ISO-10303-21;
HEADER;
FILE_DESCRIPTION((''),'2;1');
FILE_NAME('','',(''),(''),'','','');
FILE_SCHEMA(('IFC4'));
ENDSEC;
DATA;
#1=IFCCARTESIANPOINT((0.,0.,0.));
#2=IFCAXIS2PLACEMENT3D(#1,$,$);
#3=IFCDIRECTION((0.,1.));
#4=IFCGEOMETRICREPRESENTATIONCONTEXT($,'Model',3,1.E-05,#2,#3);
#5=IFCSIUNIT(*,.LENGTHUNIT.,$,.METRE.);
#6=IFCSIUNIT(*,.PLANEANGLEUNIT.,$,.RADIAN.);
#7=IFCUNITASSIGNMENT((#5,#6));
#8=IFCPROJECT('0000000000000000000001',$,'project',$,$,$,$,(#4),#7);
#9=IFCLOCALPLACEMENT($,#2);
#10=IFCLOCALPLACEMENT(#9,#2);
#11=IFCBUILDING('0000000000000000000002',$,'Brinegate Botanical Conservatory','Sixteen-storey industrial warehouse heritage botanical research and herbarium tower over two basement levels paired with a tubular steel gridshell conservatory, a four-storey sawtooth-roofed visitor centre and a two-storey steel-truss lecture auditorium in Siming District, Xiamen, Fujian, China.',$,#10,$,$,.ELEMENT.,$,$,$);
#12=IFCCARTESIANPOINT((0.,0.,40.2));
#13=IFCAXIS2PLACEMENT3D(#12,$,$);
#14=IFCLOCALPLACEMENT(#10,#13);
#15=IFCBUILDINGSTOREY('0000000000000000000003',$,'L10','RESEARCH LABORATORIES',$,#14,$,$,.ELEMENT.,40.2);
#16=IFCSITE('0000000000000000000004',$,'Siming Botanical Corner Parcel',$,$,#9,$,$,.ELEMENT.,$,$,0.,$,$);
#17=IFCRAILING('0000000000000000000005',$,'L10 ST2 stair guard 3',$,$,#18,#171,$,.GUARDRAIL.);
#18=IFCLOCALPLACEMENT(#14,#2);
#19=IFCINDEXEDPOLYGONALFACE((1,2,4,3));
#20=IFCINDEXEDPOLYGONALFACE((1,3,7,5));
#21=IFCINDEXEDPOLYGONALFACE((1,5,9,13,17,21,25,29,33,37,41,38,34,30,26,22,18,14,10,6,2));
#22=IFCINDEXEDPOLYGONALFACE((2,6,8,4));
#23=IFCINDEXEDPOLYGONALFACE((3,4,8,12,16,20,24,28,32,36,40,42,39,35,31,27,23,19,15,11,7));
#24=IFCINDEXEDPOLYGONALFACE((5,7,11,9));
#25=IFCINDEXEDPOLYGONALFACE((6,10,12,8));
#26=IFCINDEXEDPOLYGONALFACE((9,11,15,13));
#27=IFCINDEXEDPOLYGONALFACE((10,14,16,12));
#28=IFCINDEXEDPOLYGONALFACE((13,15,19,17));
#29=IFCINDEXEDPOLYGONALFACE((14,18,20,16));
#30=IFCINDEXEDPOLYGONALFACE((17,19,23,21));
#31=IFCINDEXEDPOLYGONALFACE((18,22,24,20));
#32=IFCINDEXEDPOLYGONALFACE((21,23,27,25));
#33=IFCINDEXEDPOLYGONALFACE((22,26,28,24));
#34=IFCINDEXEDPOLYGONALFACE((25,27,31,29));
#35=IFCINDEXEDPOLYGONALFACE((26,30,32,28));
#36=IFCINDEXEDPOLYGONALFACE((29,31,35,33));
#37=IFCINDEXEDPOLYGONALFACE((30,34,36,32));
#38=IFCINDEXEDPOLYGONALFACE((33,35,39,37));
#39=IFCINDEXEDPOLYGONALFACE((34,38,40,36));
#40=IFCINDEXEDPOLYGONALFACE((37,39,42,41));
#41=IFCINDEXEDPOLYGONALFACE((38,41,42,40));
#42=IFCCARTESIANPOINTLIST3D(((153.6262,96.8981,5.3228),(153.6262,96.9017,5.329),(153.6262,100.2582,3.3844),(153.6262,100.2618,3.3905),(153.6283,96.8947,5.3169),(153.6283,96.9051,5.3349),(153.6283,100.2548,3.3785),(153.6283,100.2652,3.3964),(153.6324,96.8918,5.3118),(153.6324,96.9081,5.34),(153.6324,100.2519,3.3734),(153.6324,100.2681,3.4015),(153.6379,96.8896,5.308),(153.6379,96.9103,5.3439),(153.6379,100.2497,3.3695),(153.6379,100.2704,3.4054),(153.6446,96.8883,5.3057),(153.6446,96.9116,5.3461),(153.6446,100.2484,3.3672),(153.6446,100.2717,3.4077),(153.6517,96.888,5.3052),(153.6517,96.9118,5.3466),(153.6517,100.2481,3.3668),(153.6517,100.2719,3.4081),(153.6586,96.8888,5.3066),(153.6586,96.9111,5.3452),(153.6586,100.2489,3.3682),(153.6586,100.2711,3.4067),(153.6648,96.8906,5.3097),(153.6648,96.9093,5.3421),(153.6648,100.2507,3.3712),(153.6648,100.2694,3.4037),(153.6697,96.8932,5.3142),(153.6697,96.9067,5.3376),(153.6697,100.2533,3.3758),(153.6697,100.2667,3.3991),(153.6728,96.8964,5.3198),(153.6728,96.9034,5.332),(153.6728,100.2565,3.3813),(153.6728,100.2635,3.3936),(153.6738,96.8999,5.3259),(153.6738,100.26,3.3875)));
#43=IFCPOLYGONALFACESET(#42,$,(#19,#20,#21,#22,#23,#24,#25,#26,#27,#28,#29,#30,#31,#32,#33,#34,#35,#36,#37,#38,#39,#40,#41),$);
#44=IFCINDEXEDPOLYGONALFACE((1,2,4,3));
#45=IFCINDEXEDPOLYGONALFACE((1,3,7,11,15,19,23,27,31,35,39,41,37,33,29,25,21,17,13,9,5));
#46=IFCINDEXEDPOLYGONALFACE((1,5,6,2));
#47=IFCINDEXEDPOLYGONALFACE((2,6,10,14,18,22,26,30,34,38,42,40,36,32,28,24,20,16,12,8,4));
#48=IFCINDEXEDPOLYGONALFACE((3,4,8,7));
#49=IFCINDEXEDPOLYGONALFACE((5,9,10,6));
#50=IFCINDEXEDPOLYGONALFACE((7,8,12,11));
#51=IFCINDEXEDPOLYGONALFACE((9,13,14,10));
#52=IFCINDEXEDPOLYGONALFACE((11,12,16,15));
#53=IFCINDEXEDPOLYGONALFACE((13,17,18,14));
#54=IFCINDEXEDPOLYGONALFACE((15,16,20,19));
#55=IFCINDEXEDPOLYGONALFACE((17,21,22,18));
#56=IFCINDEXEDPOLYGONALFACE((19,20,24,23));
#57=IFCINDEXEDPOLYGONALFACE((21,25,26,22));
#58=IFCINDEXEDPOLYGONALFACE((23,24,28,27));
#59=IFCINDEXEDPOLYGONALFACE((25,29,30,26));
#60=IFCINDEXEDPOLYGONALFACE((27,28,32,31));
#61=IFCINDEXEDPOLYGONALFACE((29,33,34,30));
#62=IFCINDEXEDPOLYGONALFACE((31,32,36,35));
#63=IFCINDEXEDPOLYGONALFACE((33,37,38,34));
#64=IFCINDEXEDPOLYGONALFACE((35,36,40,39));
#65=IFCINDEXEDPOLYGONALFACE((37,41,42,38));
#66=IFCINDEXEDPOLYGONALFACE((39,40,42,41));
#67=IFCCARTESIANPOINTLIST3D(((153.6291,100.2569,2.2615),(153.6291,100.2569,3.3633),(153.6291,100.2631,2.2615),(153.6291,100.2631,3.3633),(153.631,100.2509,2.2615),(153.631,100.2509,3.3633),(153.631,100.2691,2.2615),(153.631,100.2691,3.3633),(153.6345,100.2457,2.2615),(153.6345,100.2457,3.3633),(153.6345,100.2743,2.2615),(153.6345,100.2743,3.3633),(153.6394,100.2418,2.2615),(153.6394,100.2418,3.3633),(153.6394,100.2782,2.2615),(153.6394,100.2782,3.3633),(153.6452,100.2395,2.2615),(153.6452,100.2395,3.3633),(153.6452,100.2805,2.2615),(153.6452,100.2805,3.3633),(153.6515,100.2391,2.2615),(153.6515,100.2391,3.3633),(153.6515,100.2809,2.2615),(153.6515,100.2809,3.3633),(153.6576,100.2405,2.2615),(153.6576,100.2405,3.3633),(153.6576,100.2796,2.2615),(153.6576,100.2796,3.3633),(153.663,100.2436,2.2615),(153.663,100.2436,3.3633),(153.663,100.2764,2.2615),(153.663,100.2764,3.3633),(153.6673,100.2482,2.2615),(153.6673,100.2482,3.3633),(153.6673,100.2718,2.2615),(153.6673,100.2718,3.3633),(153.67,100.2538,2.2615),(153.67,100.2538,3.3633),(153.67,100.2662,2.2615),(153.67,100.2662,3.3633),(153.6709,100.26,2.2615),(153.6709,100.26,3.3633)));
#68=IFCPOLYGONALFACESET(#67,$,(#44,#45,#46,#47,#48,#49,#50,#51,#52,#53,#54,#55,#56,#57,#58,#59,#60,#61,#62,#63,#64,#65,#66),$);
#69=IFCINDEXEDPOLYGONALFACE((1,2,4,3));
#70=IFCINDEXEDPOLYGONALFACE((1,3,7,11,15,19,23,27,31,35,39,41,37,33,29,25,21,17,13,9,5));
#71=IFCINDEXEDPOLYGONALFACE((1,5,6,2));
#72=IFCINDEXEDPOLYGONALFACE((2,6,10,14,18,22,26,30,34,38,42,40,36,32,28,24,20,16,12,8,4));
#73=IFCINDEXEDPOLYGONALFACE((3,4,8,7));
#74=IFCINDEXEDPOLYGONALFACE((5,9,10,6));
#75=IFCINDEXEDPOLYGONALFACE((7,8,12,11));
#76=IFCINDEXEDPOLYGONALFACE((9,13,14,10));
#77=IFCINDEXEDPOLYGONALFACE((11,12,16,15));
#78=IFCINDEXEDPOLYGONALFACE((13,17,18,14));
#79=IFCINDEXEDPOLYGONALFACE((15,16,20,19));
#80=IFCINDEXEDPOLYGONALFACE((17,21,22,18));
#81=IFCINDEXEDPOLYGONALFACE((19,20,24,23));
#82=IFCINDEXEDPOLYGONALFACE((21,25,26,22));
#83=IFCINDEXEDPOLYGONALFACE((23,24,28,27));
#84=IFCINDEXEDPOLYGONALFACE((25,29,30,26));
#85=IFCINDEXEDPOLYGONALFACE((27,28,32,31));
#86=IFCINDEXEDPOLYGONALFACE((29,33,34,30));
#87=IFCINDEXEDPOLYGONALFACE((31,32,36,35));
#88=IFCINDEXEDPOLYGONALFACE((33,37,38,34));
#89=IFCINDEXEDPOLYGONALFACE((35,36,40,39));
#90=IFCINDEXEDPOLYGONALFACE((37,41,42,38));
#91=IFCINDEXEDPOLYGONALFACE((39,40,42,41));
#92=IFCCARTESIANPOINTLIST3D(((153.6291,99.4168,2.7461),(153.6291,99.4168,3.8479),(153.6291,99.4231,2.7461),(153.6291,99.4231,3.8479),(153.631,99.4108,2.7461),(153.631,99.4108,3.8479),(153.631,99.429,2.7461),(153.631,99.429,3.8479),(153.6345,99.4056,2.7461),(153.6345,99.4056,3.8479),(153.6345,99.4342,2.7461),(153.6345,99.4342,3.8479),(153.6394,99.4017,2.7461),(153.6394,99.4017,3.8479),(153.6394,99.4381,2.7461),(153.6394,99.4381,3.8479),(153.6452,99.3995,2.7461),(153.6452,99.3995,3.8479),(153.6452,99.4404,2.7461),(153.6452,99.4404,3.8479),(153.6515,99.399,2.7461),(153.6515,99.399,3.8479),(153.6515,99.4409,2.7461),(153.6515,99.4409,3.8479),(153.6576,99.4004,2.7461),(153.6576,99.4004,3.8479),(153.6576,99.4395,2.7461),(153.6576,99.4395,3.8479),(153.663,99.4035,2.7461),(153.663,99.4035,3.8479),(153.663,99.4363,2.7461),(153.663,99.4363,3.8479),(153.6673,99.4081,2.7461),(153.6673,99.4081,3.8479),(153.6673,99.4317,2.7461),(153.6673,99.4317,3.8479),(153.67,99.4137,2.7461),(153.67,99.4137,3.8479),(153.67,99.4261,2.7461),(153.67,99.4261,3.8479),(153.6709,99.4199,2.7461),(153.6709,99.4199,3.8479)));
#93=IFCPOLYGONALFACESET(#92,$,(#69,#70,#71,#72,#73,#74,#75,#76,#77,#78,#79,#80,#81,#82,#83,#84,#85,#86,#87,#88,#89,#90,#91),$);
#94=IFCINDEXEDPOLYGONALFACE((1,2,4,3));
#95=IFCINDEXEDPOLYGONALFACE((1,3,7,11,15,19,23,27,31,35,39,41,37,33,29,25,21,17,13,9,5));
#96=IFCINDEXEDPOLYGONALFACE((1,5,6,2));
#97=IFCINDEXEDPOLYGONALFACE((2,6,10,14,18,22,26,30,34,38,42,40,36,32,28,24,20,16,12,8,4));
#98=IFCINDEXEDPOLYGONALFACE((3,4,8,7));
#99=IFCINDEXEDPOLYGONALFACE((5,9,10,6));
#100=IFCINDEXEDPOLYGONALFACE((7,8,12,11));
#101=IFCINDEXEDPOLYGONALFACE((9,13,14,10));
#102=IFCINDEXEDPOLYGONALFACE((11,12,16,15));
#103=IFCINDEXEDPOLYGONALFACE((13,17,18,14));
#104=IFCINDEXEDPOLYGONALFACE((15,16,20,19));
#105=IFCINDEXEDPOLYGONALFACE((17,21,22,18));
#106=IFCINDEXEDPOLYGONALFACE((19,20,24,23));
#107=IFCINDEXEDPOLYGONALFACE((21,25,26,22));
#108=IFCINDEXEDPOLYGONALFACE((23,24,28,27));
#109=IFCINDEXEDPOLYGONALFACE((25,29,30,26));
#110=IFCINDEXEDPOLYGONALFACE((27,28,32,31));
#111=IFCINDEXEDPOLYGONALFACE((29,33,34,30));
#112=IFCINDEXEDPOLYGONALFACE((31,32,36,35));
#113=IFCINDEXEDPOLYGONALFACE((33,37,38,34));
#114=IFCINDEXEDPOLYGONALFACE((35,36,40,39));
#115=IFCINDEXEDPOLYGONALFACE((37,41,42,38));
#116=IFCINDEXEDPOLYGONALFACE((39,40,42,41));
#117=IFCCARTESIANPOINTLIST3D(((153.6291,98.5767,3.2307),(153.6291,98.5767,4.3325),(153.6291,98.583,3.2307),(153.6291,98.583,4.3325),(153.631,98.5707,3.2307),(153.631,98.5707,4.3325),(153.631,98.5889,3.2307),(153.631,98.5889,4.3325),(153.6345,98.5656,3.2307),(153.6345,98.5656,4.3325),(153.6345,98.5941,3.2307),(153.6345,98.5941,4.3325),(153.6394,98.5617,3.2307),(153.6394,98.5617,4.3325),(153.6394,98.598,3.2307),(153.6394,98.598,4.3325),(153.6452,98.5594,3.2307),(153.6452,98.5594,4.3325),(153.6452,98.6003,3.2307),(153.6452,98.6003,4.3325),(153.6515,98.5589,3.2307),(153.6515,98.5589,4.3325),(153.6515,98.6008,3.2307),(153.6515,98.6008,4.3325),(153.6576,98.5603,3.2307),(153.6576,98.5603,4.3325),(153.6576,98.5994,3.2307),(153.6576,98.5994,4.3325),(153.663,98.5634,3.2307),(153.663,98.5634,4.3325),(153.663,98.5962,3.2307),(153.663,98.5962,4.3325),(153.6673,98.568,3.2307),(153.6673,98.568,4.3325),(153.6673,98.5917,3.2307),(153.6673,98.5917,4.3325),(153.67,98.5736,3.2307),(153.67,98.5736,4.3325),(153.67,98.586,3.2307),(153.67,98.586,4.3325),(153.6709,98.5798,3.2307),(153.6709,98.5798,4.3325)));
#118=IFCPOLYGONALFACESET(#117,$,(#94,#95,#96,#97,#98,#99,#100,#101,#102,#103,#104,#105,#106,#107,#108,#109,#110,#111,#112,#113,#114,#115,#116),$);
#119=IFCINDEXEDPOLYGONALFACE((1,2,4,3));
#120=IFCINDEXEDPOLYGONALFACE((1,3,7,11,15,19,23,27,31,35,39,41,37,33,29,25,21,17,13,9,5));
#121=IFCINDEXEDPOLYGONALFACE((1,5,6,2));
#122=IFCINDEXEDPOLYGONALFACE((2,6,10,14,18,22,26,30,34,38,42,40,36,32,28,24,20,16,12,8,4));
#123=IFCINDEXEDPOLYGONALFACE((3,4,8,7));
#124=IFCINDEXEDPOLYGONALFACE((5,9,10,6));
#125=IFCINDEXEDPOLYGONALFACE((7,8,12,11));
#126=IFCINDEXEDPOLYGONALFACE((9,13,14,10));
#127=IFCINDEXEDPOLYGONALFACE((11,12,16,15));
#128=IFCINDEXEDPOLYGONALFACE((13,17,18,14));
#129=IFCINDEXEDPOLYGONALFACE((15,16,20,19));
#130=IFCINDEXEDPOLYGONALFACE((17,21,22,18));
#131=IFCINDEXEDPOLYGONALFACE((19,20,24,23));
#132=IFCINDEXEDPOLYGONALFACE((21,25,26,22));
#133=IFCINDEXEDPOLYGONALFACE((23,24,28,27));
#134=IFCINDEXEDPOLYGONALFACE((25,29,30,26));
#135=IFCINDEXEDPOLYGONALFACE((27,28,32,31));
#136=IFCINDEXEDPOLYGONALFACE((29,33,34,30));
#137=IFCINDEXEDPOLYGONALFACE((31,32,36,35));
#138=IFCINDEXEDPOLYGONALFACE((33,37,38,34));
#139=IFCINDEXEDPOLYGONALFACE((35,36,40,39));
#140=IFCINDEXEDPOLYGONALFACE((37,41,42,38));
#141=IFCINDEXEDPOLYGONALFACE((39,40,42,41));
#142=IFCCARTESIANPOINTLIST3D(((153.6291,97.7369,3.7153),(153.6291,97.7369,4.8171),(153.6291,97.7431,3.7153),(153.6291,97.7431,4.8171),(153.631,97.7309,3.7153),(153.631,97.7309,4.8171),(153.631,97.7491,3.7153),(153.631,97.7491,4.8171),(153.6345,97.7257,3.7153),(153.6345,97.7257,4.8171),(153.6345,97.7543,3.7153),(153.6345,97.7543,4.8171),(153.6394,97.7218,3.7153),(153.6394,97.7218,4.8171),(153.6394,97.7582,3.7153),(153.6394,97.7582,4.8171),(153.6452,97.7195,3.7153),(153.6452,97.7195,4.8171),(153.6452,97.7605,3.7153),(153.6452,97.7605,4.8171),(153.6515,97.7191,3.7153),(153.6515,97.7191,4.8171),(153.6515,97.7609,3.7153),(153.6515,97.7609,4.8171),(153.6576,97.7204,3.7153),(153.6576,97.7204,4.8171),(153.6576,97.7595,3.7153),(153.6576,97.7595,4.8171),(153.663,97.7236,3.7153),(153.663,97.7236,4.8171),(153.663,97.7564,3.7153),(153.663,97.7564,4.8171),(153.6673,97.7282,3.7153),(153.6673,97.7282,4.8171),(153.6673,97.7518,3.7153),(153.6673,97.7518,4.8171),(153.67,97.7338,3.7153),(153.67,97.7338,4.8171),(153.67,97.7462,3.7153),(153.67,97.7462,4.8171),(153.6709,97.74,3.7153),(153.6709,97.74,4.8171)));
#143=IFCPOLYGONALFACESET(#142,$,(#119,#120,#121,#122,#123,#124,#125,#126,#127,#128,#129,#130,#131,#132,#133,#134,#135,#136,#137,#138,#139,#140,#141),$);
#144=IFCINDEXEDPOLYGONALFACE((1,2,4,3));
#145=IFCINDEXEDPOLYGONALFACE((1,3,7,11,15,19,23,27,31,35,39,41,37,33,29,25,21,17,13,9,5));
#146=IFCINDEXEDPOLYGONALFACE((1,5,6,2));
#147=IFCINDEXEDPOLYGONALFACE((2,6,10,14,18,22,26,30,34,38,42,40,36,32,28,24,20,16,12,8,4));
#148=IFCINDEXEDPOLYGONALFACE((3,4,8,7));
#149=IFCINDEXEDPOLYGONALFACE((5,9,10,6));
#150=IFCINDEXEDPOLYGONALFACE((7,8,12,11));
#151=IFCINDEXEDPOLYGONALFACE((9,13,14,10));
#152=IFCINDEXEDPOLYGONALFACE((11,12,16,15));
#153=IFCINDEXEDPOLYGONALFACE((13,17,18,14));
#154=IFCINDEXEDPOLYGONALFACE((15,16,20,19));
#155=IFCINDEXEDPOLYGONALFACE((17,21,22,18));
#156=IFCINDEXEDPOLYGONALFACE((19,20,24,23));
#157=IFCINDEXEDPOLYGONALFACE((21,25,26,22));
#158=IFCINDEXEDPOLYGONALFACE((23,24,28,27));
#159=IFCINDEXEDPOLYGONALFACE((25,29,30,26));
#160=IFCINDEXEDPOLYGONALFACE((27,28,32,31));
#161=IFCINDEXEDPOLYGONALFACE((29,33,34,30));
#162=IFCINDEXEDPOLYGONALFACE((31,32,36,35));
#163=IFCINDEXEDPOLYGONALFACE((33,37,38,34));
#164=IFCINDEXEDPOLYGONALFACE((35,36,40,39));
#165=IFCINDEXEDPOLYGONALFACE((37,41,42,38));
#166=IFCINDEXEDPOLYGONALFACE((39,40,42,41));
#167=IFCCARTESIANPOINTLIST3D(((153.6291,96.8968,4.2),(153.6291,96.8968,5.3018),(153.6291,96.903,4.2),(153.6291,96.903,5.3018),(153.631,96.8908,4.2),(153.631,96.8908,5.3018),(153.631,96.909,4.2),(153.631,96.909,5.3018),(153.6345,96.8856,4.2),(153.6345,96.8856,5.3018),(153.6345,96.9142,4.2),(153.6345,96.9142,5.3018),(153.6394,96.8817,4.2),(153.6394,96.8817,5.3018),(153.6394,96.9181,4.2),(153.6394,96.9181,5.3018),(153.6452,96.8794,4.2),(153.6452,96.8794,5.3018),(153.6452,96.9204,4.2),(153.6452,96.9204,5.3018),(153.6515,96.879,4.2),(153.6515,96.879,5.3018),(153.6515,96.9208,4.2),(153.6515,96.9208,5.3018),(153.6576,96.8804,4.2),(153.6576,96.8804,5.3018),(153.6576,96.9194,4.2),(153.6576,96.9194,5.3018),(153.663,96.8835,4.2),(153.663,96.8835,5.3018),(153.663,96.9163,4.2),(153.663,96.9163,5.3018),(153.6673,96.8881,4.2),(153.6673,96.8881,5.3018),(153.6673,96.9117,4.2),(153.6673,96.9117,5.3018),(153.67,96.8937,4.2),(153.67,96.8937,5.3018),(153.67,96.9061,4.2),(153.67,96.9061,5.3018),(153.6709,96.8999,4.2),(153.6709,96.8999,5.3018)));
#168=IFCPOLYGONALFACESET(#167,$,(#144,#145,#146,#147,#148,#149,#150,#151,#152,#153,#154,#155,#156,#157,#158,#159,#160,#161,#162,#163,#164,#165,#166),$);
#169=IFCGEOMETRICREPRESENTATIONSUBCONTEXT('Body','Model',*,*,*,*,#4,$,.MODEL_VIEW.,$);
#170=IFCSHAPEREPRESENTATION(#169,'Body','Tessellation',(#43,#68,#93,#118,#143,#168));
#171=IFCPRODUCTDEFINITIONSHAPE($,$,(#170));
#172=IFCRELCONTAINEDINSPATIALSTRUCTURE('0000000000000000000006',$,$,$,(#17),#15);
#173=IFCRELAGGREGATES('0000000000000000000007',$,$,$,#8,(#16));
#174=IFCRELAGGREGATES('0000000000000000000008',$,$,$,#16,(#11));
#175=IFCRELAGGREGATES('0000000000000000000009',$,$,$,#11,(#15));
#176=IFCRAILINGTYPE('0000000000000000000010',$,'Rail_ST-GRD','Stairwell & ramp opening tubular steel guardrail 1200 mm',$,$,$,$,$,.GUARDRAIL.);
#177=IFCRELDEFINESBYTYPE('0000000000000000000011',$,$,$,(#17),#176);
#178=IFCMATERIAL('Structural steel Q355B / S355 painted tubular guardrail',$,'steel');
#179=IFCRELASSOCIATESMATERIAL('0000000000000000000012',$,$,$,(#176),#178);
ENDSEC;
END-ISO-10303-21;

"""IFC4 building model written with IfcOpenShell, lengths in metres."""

from ifc_helpers import new_model, si_unit, direction, frame, origin, origin_2d, place, context, subcontext, project, spatial, circle, extrude, material, type_object, element, save


model = new_model("IFC4")

# Units and contexts
model_context = context("Model", 3, precision=1e-05, world=origin(), true_north=direction((0.0, 1.0)))
body_context = subcontext(model_context, "Body", "Model", "MODEL_VIEW")
ifc_project = project(units=[si_unit("LENGTHUNIT", "METRE"), si_unit("PLANEANGLEUNIT", "RADIAN")], contexts=[model_context])

# Site, building, storey
site_placement = place(None, origin())
site = spatial("IfcSite", under=ifc_project, at=site_placement, Name="Siming Botanical Corner Parcel", CompositionType="ELEMENT", RefElevation=0.0)
building_placement = place(site_placement, origin())
building = spatial("IfcBuilding", under=site, at=building_placement, Name="Brinegate Botanical Conservatory", Description="Sixteen-storey industrial warehouse heritage botanical research and herbarium tower over two basement levels paired with a tubular steel gridshell conservatory, a four-storey sawtooth-roofed visitor centre and a two-storey steel-truss lecture auditorium in Siming District, Xiamen, Fujian, China.", CompositionType="ELEMENT")
storey_placement = place(building_placement, frame((0.0, 0.0, 40.2)))
storey = spatial("IfcBuildingStorey", under=building, at=storey_placement, Name="L10", Description="RESEARCH LABORATORIES", CompositionType="ELEMENT", Elevation=40.2)

# Railing
ifc_material_1 = material(Name="Structural steel Q355B / S355 painted tubular guardrail", Category="steel")
railing_type_1 = type_object("IfcRailingType", Name="Rail_ST-GRD", Description="Stairwell & ramp opening tubular steel guardrail 1200 mm", PredefinedType="GUARDRAIL", material=ifc_material_1)
railing_1_placement = place(storey_placement, frame((153.6499, 100.26, 2.2615)))
element("IfcRailing", 1, at=railing_1_placement, inside=storey, type_object=railing_type_1, Name="L10 ST2 stair guard 3", PredefinedType="GUARDRAIL", context=body_context, shape_type="SweptSolid", body=[
    extrude(circle(Radius=0.0239, at=origin_2d()), frame((0.0, 0.0, 1.126), z_axis=(0.0, -0.866191, 0.499713), x_axis=(1.0, 0.0, 0.0)), (0.0, 0.0, 1.0), 3.8792),
    extrude(circle(Radius=0.021, at=origin_2d()), origin(), (0.0, 0.0, 1.0), 1.1018),
    extrude(circle(Radius=0.021, at=origin_2d()), frame((0.0, -0.8401, 0.4846)), (0.0, 0.0, 1.0), 1.1018),
    extrude(circle(Radius=0.021, at=origin_2d()), frame((0.0, -1.6802, 0.9692)), (0.0, 0.0, 1.0), 1.1018),
    extrude(circle(Radius=0.021, at=origin_2d()), frame((0.0, -2.52, 1.4539)), (0.0, 0.0, 1.0), 1.1018),
    extrude(circle(Radius=0.021, at=origin_2d()), frame((0.0, -3.3601, 1.9385)), (0.0, 0.0, 1.0), 1.1018),
])

save(model, "model.ifc")
